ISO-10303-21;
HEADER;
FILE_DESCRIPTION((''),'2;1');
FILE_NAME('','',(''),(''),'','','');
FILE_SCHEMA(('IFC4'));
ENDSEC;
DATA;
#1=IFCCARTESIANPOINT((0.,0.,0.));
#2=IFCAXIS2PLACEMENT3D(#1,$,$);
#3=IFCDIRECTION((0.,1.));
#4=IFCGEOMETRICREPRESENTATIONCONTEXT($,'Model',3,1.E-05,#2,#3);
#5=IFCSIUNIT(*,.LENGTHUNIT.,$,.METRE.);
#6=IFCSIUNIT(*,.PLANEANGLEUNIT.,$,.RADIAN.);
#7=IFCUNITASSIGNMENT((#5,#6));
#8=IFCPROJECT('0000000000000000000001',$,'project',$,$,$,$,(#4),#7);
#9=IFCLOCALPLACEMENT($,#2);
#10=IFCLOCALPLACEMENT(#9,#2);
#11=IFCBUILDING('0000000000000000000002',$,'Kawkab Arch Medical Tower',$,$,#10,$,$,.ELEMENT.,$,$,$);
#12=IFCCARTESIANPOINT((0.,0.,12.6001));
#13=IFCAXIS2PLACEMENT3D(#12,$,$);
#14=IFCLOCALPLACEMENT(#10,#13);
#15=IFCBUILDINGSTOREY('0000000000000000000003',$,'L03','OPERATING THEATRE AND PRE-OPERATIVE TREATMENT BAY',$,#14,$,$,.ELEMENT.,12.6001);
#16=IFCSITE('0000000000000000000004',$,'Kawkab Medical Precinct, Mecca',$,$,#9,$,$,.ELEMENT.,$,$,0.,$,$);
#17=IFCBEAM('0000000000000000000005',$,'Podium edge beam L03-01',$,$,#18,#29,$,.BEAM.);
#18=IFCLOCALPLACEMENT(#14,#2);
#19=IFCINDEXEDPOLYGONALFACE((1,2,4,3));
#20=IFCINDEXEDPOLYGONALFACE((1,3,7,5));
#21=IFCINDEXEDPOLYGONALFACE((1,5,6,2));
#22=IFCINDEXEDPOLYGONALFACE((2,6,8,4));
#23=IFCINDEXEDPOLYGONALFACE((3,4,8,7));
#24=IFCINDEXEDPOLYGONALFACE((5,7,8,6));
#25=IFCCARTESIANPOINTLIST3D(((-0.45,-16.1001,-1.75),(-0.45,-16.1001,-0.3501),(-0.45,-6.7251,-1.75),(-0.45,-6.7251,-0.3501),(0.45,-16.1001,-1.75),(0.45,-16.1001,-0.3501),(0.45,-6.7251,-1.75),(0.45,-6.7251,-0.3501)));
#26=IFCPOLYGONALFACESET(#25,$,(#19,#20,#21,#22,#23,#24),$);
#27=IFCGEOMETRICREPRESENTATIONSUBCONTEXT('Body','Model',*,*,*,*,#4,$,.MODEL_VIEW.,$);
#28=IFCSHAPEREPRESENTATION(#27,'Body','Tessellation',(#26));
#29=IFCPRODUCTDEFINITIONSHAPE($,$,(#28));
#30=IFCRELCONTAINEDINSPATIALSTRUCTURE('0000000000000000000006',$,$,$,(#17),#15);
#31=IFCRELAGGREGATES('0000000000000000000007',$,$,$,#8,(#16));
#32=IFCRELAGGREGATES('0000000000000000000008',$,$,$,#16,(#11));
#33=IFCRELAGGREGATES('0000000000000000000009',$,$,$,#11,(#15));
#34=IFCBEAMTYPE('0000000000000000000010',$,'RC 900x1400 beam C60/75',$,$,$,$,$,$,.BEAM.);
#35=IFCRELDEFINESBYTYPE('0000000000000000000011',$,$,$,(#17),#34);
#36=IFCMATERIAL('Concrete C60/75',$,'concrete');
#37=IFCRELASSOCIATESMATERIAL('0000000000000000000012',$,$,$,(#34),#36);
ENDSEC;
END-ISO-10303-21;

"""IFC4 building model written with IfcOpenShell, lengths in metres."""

from ifc_helpers import new_model, si_unit, direction, frame, origin, origin_2d, place, context, subcontext, project, spatial, rectangle, extrude, material, material_profile, profile_set, type_object, element, save


model = new_model("IFC4")

# Units and contexts
model_context = context("Model", 3, precision=1e-05, world=origin(), true_north=direction((0.0, 1.0)))
body_context = subcontext(model_context, "Body", "Model", "MODEL_VIEW")
ifc_project = project(units=[si_unit("LENGTHUNIT", "METRE"), si_unit("PLANEANGLEUNIT", "RADIAN")], contexts=[model_context])

# Site, building, storey
site_placement = place(None, origin())
site = spatial("IfcSite", under=ifc_project, at=site_placement, Name="Kawkab Medical Precinct, Mecca", CompositionType="ELEMENT", RefElevation=0.0)
building_placement = place(site_placement, origin())
building = spatial("IfcBuilding", under=site, at=building_placement, Name="Kawkab Arch Medical Tower", CompositionType="ELEMENT")
storey_placement = place(building_placement, frame((0.0, 0.0, 12.6001)))
storey = spatial("IfcBuildingStorey", under=building, at=storey_placement, Name="L03", Description="OPERATING THEATRE AND PRE-OPERATIVE TREATMENT BAY", CompositionType="ELEMENT", Elevation=12.6001)

# Beam
ifc_material_1 = material(Name="Concrete C60/75", Category="concrete")
ifc_material_profile = material_profile(ifc_material_1, rectangle(XDim=0.8999, YDim=1.3999, at=origin_2d()), Name="RC 900x1400")
ifc_profile_set = profile_set([ifc_material_profile], Name="Concrete C60/75")
beam_type = type_object("IfcBeamType", Name="RC 900x1400 beam C60/75", PredefinedType="BEAM", material=ifc_profile_set)
beam_placement = place(storey_placement, frame((0.0, -6.7251, -1.05), z_axis=(0.0, -1.0, 0.0), x_axis=(1.0, 0.0, 0.0)))
element("IfcBeam", 1, at=beam_placement, inside=storey, type_object=beam_type, Name="Podium edge beam L03-01", PredefinedType="BEAM", context=body_context, shape_type="SweptSolid", body=[
    extrude(rectangle(XDim=0.8999, YDim=1.3999, at=origin_2d()), origin(), (0.0, 0.0, 1.0), 9.375),
])

save(model, "model.ifc")
